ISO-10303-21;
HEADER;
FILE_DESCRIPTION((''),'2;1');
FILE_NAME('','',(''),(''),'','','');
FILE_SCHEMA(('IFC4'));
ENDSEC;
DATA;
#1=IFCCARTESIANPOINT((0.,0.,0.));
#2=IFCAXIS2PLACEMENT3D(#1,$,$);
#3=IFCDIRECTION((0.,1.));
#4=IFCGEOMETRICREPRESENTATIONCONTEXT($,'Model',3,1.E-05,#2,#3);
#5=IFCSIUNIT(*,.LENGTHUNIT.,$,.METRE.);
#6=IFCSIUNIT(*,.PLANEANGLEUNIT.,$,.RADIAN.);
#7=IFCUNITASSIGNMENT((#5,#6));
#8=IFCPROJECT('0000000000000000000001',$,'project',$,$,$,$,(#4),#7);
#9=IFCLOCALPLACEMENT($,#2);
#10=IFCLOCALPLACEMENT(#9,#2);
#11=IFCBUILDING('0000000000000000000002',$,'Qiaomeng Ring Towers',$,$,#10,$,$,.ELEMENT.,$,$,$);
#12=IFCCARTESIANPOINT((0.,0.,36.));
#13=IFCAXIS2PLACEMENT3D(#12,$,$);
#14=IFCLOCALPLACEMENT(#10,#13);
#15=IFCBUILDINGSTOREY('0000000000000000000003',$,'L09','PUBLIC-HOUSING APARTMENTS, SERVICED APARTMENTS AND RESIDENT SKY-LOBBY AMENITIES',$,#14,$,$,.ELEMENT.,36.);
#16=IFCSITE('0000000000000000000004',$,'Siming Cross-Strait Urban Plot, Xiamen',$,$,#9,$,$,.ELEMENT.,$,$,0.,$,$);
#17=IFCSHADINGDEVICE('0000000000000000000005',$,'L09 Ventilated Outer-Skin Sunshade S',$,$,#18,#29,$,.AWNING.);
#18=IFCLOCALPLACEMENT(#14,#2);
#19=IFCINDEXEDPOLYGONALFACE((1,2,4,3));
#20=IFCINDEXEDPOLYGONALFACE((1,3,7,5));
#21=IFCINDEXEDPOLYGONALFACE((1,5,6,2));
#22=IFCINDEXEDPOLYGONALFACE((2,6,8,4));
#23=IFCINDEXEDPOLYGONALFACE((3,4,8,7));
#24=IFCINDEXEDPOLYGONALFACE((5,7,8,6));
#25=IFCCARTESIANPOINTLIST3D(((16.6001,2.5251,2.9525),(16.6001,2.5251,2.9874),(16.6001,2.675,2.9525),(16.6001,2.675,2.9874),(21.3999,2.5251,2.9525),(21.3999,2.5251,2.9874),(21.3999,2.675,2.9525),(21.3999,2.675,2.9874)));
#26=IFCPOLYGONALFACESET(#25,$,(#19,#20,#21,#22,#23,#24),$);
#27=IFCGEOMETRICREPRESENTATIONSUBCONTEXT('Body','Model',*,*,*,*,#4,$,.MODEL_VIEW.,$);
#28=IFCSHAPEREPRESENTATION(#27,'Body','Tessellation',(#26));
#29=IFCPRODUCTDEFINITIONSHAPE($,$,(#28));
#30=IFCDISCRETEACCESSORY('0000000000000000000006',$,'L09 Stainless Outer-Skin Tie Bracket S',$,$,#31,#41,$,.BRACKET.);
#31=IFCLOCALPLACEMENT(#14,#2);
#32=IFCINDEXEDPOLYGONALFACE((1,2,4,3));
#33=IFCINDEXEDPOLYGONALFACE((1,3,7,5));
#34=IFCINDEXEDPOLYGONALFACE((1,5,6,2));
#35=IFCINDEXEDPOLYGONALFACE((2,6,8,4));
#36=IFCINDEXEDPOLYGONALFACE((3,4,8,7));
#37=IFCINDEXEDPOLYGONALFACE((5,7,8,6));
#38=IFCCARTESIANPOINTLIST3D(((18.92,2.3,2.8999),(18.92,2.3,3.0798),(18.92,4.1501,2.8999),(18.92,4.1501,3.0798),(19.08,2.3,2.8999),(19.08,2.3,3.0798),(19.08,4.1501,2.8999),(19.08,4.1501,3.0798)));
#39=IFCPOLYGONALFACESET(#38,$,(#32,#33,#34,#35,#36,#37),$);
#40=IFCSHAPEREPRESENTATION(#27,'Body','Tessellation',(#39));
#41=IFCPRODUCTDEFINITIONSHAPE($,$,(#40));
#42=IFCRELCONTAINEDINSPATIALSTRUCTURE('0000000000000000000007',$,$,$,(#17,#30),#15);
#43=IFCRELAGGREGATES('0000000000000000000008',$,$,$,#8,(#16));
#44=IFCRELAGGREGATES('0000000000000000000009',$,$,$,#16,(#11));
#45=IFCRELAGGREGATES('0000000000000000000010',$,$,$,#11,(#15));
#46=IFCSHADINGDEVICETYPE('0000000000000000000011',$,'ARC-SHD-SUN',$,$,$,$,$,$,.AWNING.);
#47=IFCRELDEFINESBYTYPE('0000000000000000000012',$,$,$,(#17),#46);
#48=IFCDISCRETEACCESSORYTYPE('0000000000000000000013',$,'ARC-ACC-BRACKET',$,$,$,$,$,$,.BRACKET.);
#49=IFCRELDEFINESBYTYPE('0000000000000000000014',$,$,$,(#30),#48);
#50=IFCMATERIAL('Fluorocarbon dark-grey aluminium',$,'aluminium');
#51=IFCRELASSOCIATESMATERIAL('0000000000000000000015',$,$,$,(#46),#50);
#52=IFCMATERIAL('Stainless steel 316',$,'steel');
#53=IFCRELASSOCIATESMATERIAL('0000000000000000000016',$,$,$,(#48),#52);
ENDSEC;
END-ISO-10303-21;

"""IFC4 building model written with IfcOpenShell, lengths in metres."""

from ifc_helpers import new_model, si_unit, direction, frame, origin, origin_2d, place, context, subcontext, project, spatial, rectangle, extrude, source, transform, mapped, material, material_profile, profile_set, type_object, element, save


model = new_model("IFC4")

# Units and contexts
model_context = context("Model", 3, precision=1e-05, world=origin(), true_north=direction((0.0, 1.0)))
body_context = subcontext(model_context, "Body", "Model", "MODEL_VIEW")
ifc_project = project(units=[si_unit("LENGTHUNIT", "METRE"), si_unit("PLANEANGLEUNIT", "RADIAN")], contexts=[model_context])

# Site, building, storey
site_placement = place(None, origin())
site = spatial("IfcSite", under=ifc_project, at=site_placement, Name="Siming Cross-Strait Urban Plot, Xiamen", CompositionType="ELEMENT", RefElevation=0.0)
building_placement = place(site_placement, origin())
building = spatial("IfcBuilding", under=site, at=building_placement, Name="Qiaomeng Ring Towers", CompositionType="ELEMENT")
storey_placement = place(building_placement, frame((0.0, 0.0, 36.0)))
storey = spatial("IfcBuildingStorey", under=building, at=storey_placement, Name="L09", Description="PUBLIC-HOUSING APARTMENTS, SERVICED APARTMENTS AND RESIDENT SKY-LOBBY AMENITIES", CompositionType="ELEMENT", Elevation=36.0)

# Shared definitions
ifc_material_1 = material(Name="Fluorocarbon dark-grey aluminium", Category="aluminium")

# Shared definitions
ifc_material_2 = material(Name="Stainless steel 316", Category="steel")

# Shading device
ifc_material_profile_1 = material_profile(ifc_material_1, rectangle(XDim=0.1499, YDim=0.0349, at=origin_2d()), Name="LV BLADE 150x35")
ifc_profile_set_1 = profile_set([ifc_material_profile_1], Name="Fluorocarbon dark-grey aluminium")
shading_device_type = type_object("IfcShadingDeviceType", Name="ARC-SHD-SUN", PredefinedType="AWNING", material=ifc_profile_set_1)
shared_shape_1 = source(origin(), body_context, "Body", "SweptSolid", [
    extrude(rectangle(XDim=0.1499, YDim=0.0349, at=origin_2d()), origin(), (0.0, 0.0, 1.0), 4.7998),
])
shading_device_placement = place(storey_placement, frame((16.6001, 2.6001, 2.97), z_axis=(1.0, 0.0, 0.0), x_axis=(0.0, 1.0, 0.0)))
element("IfcShadingDevice", 1, at=shading_device_placement, inside=storey, type_object=shading_device_type, Name="L09 Ventilated Outer-Skin Sunshade S", PredefinedType="AWNING", context=body_context, shape_type="MappedRepresentation", body=[
    mapped(shared_shape_1, transform((0.0, 0.0, 0.0), x_axis=(1.0, 0.0, 0.0), y_axis=(0.0, 1.0, 0.0), z_axis=(0.0, 0.0, 1.0), scale=1.0)),
])

# Discrete accessory
discrete_accessory_type = type_object("IfcDiscreteAccessoryType", Name="ARC-ACC-BRACKET", PredefinedType="BRACKET", material=ifc_material_2)
shared_shape_2 = source(origin(), body_context, "Body", "SweptSolid", [
    extrude(rectangle(XDim=0.1599, YDim=1.8501, at=origin_2d()), origin(), (0.0, 0.0, 1.0), 0.1799),
])
discrete_accessory_placement = place(storey_placement, frame((19.0, 3.2251, 2.8999), z_axis=(0.0, 0.0, 1.0), x_axis=(1.0, 0.0, 0.0)))
element("IfcDiscreteAccessory", 2, at=discrete_accessory_placement, inside=storey, type_object=discrete_accessory_type, Name="L09 Stainless Outer-Skin Tie Bracket S", PredefinedType="BRACKET", context=body_context, shape_type="MappedRepresentation", body=[
    mapped(shared_shape_2, transform((0.0, 0.0, 0.0), x_axis=(1.0, 0.0, 0.0), y_axis=(0.0, 1.0, 0.0), z_axis=(0.0, 0.0, 1.0), scale=1.0)),
])

save(model, "model.ifc")
